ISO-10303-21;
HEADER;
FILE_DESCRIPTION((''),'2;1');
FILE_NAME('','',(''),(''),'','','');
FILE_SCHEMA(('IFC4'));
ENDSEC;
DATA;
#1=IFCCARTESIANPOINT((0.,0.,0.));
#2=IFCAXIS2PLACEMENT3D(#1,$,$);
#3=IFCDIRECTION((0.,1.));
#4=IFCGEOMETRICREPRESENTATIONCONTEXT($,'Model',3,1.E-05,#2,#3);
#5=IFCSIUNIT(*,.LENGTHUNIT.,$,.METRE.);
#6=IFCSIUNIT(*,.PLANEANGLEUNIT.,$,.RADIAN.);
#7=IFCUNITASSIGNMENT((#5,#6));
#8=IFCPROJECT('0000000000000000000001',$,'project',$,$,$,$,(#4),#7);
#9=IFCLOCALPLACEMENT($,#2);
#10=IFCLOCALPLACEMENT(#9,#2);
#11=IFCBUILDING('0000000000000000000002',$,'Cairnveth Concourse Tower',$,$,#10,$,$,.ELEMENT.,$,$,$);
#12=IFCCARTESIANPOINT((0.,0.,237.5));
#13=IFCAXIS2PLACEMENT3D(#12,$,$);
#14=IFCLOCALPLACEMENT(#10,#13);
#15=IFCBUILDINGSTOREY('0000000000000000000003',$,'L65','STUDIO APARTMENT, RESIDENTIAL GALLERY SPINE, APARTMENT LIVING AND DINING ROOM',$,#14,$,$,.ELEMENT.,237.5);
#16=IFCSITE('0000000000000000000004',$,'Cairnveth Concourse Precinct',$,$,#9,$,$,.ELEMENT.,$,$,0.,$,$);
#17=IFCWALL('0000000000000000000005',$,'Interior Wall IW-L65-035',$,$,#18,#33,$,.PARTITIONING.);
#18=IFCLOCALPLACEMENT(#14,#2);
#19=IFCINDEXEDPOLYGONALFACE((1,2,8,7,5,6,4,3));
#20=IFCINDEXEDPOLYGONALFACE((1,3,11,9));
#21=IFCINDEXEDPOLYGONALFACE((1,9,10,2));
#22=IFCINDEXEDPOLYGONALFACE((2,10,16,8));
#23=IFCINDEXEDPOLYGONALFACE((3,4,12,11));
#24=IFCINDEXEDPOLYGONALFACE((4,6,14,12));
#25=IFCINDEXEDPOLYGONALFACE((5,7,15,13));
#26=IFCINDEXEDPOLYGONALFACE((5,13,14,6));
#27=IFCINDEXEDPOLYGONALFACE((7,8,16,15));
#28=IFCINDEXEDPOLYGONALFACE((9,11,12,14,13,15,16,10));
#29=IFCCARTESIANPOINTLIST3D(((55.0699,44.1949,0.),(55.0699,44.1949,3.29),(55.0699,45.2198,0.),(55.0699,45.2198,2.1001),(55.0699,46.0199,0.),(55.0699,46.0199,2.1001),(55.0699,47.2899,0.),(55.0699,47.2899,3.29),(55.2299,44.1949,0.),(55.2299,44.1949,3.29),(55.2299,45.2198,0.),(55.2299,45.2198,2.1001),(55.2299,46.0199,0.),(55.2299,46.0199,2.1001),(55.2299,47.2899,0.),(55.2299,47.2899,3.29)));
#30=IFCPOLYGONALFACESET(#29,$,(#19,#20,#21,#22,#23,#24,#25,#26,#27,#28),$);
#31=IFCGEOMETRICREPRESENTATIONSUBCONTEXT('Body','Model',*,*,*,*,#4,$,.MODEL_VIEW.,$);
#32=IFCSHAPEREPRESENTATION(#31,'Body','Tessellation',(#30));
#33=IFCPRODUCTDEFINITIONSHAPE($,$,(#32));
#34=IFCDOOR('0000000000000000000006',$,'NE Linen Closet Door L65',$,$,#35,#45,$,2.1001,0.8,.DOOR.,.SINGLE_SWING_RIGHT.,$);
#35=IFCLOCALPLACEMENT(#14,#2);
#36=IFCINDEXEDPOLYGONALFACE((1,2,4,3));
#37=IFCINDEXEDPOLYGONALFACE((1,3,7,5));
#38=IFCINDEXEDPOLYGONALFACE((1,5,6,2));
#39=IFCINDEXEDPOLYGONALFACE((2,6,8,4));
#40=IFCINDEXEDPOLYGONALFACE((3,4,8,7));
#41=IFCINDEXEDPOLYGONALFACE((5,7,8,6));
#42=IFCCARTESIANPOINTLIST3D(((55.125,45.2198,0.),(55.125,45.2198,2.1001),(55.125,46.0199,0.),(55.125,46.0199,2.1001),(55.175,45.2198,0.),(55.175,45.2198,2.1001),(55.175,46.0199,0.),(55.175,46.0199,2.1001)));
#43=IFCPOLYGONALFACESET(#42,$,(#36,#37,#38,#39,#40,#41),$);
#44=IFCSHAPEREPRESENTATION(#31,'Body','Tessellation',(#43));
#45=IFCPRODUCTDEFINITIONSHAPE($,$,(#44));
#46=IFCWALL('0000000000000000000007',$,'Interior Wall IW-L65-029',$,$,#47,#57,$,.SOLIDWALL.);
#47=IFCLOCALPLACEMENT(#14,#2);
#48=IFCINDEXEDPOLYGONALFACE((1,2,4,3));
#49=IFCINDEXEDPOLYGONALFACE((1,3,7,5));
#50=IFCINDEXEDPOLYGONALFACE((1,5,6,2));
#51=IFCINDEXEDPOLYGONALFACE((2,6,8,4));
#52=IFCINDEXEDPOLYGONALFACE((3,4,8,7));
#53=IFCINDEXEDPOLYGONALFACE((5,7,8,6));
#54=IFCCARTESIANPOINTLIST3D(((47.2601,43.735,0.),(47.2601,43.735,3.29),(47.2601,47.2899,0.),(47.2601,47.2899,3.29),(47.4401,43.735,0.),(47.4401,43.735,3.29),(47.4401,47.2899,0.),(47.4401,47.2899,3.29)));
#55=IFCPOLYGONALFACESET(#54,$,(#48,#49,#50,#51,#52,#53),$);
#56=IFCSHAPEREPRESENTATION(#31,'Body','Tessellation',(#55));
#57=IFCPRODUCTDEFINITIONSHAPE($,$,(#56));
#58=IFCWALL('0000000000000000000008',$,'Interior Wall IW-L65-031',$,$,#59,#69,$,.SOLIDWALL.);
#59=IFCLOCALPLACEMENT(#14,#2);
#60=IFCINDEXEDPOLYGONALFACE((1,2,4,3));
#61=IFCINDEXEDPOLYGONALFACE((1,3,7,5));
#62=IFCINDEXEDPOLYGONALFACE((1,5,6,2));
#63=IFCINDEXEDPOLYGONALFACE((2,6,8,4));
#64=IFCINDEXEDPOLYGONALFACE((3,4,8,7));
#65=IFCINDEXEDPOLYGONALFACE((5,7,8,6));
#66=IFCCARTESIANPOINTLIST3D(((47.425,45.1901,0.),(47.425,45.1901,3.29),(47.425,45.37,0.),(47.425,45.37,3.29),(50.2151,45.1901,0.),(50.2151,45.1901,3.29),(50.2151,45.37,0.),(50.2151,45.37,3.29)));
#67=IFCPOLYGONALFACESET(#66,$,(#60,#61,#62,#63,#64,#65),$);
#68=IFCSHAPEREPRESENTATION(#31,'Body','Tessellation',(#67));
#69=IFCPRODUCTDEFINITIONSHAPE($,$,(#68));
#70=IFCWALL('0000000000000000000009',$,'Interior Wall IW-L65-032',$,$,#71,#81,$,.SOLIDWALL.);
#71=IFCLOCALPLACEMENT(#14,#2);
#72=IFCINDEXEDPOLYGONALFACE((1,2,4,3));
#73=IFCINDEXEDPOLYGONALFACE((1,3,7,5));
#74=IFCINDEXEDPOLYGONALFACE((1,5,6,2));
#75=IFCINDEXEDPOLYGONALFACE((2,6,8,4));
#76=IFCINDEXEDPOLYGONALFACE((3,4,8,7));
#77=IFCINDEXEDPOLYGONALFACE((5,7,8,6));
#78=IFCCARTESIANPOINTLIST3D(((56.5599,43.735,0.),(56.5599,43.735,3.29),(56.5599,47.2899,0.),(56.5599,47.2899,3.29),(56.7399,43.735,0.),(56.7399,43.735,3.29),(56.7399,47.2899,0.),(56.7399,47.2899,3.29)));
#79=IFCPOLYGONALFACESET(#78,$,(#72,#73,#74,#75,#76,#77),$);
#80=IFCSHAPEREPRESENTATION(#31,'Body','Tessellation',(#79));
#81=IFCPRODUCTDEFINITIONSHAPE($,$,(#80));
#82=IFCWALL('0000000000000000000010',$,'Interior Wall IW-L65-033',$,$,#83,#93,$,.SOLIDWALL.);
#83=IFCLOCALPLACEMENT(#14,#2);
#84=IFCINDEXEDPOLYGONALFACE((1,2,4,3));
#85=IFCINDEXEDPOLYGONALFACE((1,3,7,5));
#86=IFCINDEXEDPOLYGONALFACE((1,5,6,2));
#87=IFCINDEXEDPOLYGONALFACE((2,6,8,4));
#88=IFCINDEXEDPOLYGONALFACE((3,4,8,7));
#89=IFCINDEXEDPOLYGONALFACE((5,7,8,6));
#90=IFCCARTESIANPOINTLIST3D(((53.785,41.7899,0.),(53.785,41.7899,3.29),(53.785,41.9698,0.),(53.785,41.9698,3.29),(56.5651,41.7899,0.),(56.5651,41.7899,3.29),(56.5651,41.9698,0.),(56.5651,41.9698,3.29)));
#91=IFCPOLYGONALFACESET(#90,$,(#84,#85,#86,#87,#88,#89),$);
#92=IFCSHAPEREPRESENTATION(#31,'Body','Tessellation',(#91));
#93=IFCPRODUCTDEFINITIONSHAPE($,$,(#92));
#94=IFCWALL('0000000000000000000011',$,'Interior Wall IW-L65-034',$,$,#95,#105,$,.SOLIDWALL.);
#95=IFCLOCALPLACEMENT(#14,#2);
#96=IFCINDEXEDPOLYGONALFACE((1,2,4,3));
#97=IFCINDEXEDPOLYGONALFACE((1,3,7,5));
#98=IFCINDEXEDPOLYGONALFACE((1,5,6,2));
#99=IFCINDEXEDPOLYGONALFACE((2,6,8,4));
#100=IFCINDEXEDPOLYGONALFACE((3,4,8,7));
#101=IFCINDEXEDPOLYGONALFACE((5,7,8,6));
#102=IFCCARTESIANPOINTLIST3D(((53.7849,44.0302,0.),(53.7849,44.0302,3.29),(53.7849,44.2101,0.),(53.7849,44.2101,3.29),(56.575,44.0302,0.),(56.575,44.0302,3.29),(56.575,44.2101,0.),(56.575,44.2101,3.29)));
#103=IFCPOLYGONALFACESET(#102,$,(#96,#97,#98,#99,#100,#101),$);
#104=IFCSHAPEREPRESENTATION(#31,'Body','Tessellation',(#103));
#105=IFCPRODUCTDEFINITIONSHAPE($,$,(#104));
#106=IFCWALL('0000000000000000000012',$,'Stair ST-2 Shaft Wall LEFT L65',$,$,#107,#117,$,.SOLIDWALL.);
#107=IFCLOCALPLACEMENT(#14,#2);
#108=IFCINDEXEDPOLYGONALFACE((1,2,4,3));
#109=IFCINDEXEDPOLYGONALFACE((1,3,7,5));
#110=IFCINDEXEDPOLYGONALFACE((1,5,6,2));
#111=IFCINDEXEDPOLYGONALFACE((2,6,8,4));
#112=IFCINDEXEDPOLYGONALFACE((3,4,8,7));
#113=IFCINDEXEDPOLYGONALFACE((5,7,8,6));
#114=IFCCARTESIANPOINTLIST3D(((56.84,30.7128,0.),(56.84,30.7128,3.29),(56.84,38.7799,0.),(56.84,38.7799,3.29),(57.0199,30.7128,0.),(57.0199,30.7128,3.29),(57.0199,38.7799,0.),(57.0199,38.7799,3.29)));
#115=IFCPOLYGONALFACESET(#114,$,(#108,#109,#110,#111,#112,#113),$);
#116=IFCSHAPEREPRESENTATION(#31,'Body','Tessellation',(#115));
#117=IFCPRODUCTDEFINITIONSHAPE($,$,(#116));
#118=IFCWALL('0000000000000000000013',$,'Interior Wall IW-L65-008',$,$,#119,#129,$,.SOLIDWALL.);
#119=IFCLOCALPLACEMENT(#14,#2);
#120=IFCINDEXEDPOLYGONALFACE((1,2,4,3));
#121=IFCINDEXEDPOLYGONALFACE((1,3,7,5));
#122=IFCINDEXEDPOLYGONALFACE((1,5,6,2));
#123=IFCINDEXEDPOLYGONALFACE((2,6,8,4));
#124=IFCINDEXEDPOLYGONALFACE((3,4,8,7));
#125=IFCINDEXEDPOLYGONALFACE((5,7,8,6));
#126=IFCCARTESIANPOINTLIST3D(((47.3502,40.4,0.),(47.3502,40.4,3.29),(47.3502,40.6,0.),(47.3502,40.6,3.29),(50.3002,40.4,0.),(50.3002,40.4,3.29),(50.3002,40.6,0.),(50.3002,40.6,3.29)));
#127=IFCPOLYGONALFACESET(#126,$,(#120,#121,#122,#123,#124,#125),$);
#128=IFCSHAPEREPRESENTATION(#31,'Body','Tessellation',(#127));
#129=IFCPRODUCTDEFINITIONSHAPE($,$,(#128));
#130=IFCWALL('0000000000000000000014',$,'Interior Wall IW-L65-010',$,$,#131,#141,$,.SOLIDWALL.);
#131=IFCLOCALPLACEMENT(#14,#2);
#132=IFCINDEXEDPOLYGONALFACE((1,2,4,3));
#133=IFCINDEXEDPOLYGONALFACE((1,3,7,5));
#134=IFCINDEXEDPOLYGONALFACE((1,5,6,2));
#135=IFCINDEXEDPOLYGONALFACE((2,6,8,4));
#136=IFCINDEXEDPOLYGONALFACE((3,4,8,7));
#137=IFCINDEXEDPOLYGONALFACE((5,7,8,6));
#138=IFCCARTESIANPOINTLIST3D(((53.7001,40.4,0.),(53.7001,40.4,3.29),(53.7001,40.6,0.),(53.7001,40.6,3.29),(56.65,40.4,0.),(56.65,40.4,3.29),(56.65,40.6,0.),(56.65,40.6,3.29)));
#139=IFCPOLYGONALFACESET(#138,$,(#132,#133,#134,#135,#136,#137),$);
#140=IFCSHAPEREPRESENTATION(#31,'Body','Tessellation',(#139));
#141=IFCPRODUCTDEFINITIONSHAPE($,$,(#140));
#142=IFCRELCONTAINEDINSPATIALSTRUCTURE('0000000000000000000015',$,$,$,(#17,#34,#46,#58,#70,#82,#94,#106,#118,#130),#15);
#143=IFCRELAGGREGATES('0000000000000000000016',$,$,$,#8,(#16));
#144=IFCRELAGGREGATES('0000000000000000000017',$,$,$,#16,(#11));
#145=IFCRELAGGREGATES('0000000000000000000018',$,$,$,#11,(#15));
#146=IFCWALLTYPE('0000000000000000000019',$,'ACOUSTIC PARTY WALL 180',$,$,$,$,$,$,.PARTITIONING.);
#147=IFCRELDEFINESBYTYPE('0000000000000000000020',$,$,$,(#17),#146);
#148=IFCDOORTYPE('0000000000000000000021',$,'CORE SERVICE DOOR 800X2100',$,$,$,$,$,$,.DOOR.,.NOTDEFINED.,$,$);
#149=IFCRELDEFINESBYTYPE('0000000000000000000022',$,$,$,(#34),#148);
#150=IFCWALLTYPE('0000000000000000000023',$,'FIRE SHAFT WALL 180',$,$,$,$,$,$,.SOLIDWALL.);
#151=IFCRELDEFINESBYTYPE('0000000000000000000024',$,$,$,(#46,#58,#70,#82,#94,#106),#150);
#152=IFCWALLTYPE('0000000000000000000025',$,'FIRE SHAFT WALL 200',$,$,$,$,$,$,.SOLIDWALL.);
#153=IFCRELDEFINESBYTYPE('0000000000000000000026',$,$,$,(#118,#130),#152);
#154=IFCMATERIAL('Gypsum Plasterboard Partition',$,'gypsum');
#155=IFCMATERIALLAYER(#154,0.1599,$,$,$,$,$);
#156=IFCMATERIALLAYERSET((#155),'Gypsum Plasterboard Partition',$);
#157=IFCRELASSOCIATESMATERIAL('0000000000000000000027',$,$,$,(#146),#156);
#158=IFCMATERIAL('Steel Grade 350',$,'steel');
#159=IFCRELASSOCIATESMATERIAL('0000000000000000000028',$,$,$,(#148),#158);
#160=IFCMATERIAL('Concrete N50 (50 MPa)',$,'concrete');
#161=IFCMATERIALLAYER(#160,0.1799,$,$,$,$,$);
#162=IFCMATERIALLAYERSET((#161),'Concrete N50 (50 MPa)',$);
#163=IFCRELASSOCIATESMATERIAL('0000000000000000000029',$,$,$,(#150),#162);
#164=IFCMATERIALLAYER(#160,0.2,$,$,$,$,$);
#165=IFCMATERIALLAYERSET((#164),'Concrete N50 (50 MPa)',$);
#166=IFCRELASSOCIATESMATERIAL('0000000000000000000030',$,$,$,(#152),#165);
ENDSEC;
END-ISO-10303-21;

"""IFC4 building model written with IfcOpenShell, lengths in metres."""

from ifc_helpers import new_model, si_unit, direction, frame, frame_2d, origin, place, context, subcontext, project, spatial, rectangle, extrude, material, layer, layer_set, type_object, element, fill, save


model = new_model("IFC4")

# Units and contexts
model_context = context("Model", 3, precision=1e-05, world=origin(), true_north=direction((0.0, 1.0)))
body_context = subcontext(model_context, "Body", "Model", "MODEL_VIEW")
ifc_project = project(units=[si_unit("LENGTHUNIT", "METRE"), si_unit("PLANEANGLEUNIT", "RADIAN")], contexts=[model_context])

# Site, building, storey
site_placement = place(None, origin())
site = spatial("IfcSite", under=ifc_project, at=site_placement, Name="Cairnveth Concourse Precinct", CompositionType="ELEMENT", RefElevation=0.0)
building_placement = place(site_placement, origin())
building = spatial("IfcBuilding", under=site, at=building_placement, Name="Cairnveth Concourse Tower", CompositionType="ELEMENT")
storey_placement = place(building_placement, frame((0.0, 0.0, 237.5)))
storey = spatial("IfcBuildingStorey", under=building, at=storey_placement, Name="L65", Description="STUDIO APARTMENT, RESIDENTIAL GALLERY SPINE, APARTMENT LIVING AND DINING ROOM", CompositionType="ELEMENT", Elevation=237.5)

# Wall, opening, door
ifc_material_1 = material(Name="Gypsum Plasterboard Partition", Category="gypsum")
ifc_layer_1 = layer(ifc_material_1, 0.1599)
ifc_layer_set_1 = layer_set([ifc_layer_1], Name="Gypsum Plasterboard Partition")
wall_type_1 = type_object("IfcWallType", Name="ACOUSTIC PARTY WALL 180", PredefinedType="PARTITIONING", material=ifc_layer_set_1)
wall_1_placement = place(storey_placement, frame((55.1499, 44.1951, 0.0), z_axis=(0.0, 0.0, 1.0), x_axis=(0.0, 1.0, 0.0)))
wall_1 = element("IfcWall", 1, at=wall_1_placement, inside=storey, type_object=wall_type_1, Name="Interior Wall IW-L65-035", PredefinedType="PARTITIONING", context=body_context, shape_type="SweptSolid", body=[
    extrude(rectangle(XDim=3.095, YDim=0.1599, at=frame_2d((1.5474, 0.0))), origin(), (0.0, 0.0, 1.0), 3.29),
])
opening_1_placement = place(wall_1_placement, frame((1.0249, 0.0, 0.0)))
opening_1 = element("IfcOpeningElement", 2, at=opening_1_placement, cuts=wall_1, PredefinedType="OPENING", context=body_context, shape_type="SweptSolid", body=[
    extrude(rectangle(XDim=0.8, YDim=2.1001, at=frame_2d((0.3999, 1.05))), frame((0.0, 0.0898, 0.0), z_axis=(0.0, -1.0, 0.0), x_axis=(1.0, 0.0, 0.0)), (0.0, 0.0, 1.0), 0.1799),
])
ifc_material_2 = material(Name="Steel Grade 350", Category="steel")
door_type_1 = type_object("IfcDoorType", Name="CORE SERVICE DOOR 800X2100", OperationType="NOTDEFINED", PredefinedType="DOOR", material=ifc_material_2)
door_1_placement = place(opening_1_placement, origin())
door_1 = element("IfcDoor", 3, at=door_1_placement, inside=storey, type_object=door_type_1, Name="NE Linen Closet Door L65", OperationType="SINGLE_SWING_RIGHT", OverallHeight=2.1001, OverallWidth=0.8, PredefinedType="DOOR", context=body_context, shape_type="SweptSolid", body=[
    extrude(rectangle(XDim=0.8, YDim=2.1001, at=frame_2d((0.3999, 1.05))), frame((0.0, 0.0249, 0.0), z_axis=(0.0, -1.0, 0.0), x_axis=(1.0, 0.0, 0.0)), (0.0, 0.0, 1.0), 0.05),
])
fill(opening_1, door_1)

# Walls
ifc_material_3 = material(Name="Concrete N50 (50 MPa)", Category="concrete")
ifc_layer_2 = layer(ifc_material_3, 0.1799)
ifc_layer_set_2 = layer_set([ifc_layer_2], Name="Concrete N50 (50 MPa)")
wall_type_2 = type_object("IfcWallType", Name="FIRE SHAFT WALL 180", PredefinedType="SOLIDWALL", material=ifc_layer_set_2)
wall_2_placement = place(storey_placement, frame((47.3501, 43.7351, 0.0), z_axis=(0.0, 0.0, 1.0), x_axis=(0.0, 1.0, 0.0)))
element("IfcWall", 4, at=wall_2_placement, inside=storey, type_object=wall_type_2, Name="Interior Wall IW-L65-029", PredefinedType="SOLIDWALL", context=body_context, shape_type="SweptSolid", body=[
    extrude(rectangle(XDim=3.5549, YDim=0.1799, at=frame_2d((1.7773, 0.0))), origin(), (0.0, 0.0, 1.0), 3.29),
])
wall_3_placement = place(storey_placement, frame((47.425, 45.28, 0.0), z_axis=(0.0, 0.0, 1.0), x_axis=(1.0, 0.0, 0.0)))
element("IfcWall", 5, at=wall_3_placement, inside=storey, type_object=wall_type_2, Name="Interior Wall IW-L65-031", PredefinedType="SOLIDWALL", context=body_context, shape_type="SweptSolid", body=[
    extrude(rectangle(XDim=2.79, YDim=0.1799, at=frame_2d((1.395, 0.0))), origin(), (0.0, 0.0, 1.0), 3.29),
])
wall_4_placement = place(storey_placement, frame((56.6499, 43.7351, 0.0), z_axis=(0.0, 0.0, 1.0), x_axis=(0.0, 1.0, 0.0)))
element("IfcWall", 6, at=wall_4_placement, inside=storey, type_object=wall_type_2, Name="Interior Wall IW-L65-032", PredefinedType="SOLIDWALL", context=body_context, shape_type="SweptSolid", body=[
    extrude(rectangle(XDim=3.5549, YDim=0.1799, at=frame_2d((1.7773, 0.0))), origin(), (0.0, 0.0, 1.0), 3.29),
])
wall_5_placement = place(storey_placement, frame((53.7849, 41.8799, 0.0), z_axis=(0.0, 0.0, 1.0), x_axis=(1.0, 0.0, 0.0)))
element("IfcWall", 7, at=wall_5_placement, inside=storey, type_object=wall_type_2, Name="Interior Wall IW-L65-033", PredefinedType="SOLIDWALL", context=body_context, shape_type="SweptSolid", body=[
    extrude(rectangle(XDim=2.78, YDim=0.1799, at=frame_2d((1.3901, 0.0))), origin(), (0.0, 0.0, 1.0), 3.29),
])
wall_6_placement = place(storey_placement, frame((53.7849, 44.1201, 0.0), z_axis=(0.0, 0.0, 1.0), x_axis=(1.0, 0.0, 0.0)))
element("IfcWall", 8, at=wall_6_placement, inside=storey, type_object=wall_type_2, Name="Interior Wall IW-L65-034", PredefinedType="SOLIDWALL", context=body_context, shape_type="SweptSolid", body=[
    extrude(rectangle(XDim=2.79, YDim=0.1799, at=frame_2d((1.395, 0.0))), origin(), (0.0, 0.0, 1.0), 3.29),
])
wall_7_placement = place(storey_placement, frame((56.9299, 38.78, 0.0), z_axis=(0.0, 0.0, 1.0), x_axis=(0.0, -1.0, 0.0)))
element("IfcWall", 9, at=wall_7_placement, inside=storey, type_object=wall_type_2, Name="Stair ST-2 Shaft Wall LEFT L65", PredefinedType="SOLIDWALL", context=body_context, shape_type="SweptSolid", body=[
    extrude(rectangle(XDim=8.0671, YDim=0.1799, at=frame_2d((4.0337, 0.0))), origin(), (0.0, 0.0, 1.0), 3.29),
])
ifc_layer_3 = layer(ifc_material_3, 0.2)
ifc_layer_set_3 = layer_set([ifc_layer_3], Name="Concrete N50 (50 MPa)")
wall_type_3 = type_object("IfcWallType", Name="FIRE SHAFT WALL 200", PredefinedType="SOLIDWALL", material=ifc_layer_set_3)
for number, where, z_axis, x_axis, name in (
    (10, (47.3501, 40.5, 0.0), (0.0, 0.0, 1.0), (1.0, 0.0, 0.0), "Interior Wall IW-L65-008"),
    (11, (53.7, 40.5, 0.0), (0.0, 0.0, 1.0), (1.0, 0.0, 0.0), "Interior Wall IW-L65-010"),
):
    element("IfcWall", number, at=place(storey_placement, frame(where, z_axis=z_axis, x_axis=x_axis)), inside=storey, type_object=wall_type_3, Name=name, PredefinedType="SOLIDWALL", context=body_context, shape_type="SweptSolid", body=[
        extrude(rectangle(XDim=2.95, YDim=0.2, at=frame_2d((1.4751, 0.0))), origin(), (0.0, 0.0, 1.0), 3.29),
    ])

save(model, "model.ifc")
